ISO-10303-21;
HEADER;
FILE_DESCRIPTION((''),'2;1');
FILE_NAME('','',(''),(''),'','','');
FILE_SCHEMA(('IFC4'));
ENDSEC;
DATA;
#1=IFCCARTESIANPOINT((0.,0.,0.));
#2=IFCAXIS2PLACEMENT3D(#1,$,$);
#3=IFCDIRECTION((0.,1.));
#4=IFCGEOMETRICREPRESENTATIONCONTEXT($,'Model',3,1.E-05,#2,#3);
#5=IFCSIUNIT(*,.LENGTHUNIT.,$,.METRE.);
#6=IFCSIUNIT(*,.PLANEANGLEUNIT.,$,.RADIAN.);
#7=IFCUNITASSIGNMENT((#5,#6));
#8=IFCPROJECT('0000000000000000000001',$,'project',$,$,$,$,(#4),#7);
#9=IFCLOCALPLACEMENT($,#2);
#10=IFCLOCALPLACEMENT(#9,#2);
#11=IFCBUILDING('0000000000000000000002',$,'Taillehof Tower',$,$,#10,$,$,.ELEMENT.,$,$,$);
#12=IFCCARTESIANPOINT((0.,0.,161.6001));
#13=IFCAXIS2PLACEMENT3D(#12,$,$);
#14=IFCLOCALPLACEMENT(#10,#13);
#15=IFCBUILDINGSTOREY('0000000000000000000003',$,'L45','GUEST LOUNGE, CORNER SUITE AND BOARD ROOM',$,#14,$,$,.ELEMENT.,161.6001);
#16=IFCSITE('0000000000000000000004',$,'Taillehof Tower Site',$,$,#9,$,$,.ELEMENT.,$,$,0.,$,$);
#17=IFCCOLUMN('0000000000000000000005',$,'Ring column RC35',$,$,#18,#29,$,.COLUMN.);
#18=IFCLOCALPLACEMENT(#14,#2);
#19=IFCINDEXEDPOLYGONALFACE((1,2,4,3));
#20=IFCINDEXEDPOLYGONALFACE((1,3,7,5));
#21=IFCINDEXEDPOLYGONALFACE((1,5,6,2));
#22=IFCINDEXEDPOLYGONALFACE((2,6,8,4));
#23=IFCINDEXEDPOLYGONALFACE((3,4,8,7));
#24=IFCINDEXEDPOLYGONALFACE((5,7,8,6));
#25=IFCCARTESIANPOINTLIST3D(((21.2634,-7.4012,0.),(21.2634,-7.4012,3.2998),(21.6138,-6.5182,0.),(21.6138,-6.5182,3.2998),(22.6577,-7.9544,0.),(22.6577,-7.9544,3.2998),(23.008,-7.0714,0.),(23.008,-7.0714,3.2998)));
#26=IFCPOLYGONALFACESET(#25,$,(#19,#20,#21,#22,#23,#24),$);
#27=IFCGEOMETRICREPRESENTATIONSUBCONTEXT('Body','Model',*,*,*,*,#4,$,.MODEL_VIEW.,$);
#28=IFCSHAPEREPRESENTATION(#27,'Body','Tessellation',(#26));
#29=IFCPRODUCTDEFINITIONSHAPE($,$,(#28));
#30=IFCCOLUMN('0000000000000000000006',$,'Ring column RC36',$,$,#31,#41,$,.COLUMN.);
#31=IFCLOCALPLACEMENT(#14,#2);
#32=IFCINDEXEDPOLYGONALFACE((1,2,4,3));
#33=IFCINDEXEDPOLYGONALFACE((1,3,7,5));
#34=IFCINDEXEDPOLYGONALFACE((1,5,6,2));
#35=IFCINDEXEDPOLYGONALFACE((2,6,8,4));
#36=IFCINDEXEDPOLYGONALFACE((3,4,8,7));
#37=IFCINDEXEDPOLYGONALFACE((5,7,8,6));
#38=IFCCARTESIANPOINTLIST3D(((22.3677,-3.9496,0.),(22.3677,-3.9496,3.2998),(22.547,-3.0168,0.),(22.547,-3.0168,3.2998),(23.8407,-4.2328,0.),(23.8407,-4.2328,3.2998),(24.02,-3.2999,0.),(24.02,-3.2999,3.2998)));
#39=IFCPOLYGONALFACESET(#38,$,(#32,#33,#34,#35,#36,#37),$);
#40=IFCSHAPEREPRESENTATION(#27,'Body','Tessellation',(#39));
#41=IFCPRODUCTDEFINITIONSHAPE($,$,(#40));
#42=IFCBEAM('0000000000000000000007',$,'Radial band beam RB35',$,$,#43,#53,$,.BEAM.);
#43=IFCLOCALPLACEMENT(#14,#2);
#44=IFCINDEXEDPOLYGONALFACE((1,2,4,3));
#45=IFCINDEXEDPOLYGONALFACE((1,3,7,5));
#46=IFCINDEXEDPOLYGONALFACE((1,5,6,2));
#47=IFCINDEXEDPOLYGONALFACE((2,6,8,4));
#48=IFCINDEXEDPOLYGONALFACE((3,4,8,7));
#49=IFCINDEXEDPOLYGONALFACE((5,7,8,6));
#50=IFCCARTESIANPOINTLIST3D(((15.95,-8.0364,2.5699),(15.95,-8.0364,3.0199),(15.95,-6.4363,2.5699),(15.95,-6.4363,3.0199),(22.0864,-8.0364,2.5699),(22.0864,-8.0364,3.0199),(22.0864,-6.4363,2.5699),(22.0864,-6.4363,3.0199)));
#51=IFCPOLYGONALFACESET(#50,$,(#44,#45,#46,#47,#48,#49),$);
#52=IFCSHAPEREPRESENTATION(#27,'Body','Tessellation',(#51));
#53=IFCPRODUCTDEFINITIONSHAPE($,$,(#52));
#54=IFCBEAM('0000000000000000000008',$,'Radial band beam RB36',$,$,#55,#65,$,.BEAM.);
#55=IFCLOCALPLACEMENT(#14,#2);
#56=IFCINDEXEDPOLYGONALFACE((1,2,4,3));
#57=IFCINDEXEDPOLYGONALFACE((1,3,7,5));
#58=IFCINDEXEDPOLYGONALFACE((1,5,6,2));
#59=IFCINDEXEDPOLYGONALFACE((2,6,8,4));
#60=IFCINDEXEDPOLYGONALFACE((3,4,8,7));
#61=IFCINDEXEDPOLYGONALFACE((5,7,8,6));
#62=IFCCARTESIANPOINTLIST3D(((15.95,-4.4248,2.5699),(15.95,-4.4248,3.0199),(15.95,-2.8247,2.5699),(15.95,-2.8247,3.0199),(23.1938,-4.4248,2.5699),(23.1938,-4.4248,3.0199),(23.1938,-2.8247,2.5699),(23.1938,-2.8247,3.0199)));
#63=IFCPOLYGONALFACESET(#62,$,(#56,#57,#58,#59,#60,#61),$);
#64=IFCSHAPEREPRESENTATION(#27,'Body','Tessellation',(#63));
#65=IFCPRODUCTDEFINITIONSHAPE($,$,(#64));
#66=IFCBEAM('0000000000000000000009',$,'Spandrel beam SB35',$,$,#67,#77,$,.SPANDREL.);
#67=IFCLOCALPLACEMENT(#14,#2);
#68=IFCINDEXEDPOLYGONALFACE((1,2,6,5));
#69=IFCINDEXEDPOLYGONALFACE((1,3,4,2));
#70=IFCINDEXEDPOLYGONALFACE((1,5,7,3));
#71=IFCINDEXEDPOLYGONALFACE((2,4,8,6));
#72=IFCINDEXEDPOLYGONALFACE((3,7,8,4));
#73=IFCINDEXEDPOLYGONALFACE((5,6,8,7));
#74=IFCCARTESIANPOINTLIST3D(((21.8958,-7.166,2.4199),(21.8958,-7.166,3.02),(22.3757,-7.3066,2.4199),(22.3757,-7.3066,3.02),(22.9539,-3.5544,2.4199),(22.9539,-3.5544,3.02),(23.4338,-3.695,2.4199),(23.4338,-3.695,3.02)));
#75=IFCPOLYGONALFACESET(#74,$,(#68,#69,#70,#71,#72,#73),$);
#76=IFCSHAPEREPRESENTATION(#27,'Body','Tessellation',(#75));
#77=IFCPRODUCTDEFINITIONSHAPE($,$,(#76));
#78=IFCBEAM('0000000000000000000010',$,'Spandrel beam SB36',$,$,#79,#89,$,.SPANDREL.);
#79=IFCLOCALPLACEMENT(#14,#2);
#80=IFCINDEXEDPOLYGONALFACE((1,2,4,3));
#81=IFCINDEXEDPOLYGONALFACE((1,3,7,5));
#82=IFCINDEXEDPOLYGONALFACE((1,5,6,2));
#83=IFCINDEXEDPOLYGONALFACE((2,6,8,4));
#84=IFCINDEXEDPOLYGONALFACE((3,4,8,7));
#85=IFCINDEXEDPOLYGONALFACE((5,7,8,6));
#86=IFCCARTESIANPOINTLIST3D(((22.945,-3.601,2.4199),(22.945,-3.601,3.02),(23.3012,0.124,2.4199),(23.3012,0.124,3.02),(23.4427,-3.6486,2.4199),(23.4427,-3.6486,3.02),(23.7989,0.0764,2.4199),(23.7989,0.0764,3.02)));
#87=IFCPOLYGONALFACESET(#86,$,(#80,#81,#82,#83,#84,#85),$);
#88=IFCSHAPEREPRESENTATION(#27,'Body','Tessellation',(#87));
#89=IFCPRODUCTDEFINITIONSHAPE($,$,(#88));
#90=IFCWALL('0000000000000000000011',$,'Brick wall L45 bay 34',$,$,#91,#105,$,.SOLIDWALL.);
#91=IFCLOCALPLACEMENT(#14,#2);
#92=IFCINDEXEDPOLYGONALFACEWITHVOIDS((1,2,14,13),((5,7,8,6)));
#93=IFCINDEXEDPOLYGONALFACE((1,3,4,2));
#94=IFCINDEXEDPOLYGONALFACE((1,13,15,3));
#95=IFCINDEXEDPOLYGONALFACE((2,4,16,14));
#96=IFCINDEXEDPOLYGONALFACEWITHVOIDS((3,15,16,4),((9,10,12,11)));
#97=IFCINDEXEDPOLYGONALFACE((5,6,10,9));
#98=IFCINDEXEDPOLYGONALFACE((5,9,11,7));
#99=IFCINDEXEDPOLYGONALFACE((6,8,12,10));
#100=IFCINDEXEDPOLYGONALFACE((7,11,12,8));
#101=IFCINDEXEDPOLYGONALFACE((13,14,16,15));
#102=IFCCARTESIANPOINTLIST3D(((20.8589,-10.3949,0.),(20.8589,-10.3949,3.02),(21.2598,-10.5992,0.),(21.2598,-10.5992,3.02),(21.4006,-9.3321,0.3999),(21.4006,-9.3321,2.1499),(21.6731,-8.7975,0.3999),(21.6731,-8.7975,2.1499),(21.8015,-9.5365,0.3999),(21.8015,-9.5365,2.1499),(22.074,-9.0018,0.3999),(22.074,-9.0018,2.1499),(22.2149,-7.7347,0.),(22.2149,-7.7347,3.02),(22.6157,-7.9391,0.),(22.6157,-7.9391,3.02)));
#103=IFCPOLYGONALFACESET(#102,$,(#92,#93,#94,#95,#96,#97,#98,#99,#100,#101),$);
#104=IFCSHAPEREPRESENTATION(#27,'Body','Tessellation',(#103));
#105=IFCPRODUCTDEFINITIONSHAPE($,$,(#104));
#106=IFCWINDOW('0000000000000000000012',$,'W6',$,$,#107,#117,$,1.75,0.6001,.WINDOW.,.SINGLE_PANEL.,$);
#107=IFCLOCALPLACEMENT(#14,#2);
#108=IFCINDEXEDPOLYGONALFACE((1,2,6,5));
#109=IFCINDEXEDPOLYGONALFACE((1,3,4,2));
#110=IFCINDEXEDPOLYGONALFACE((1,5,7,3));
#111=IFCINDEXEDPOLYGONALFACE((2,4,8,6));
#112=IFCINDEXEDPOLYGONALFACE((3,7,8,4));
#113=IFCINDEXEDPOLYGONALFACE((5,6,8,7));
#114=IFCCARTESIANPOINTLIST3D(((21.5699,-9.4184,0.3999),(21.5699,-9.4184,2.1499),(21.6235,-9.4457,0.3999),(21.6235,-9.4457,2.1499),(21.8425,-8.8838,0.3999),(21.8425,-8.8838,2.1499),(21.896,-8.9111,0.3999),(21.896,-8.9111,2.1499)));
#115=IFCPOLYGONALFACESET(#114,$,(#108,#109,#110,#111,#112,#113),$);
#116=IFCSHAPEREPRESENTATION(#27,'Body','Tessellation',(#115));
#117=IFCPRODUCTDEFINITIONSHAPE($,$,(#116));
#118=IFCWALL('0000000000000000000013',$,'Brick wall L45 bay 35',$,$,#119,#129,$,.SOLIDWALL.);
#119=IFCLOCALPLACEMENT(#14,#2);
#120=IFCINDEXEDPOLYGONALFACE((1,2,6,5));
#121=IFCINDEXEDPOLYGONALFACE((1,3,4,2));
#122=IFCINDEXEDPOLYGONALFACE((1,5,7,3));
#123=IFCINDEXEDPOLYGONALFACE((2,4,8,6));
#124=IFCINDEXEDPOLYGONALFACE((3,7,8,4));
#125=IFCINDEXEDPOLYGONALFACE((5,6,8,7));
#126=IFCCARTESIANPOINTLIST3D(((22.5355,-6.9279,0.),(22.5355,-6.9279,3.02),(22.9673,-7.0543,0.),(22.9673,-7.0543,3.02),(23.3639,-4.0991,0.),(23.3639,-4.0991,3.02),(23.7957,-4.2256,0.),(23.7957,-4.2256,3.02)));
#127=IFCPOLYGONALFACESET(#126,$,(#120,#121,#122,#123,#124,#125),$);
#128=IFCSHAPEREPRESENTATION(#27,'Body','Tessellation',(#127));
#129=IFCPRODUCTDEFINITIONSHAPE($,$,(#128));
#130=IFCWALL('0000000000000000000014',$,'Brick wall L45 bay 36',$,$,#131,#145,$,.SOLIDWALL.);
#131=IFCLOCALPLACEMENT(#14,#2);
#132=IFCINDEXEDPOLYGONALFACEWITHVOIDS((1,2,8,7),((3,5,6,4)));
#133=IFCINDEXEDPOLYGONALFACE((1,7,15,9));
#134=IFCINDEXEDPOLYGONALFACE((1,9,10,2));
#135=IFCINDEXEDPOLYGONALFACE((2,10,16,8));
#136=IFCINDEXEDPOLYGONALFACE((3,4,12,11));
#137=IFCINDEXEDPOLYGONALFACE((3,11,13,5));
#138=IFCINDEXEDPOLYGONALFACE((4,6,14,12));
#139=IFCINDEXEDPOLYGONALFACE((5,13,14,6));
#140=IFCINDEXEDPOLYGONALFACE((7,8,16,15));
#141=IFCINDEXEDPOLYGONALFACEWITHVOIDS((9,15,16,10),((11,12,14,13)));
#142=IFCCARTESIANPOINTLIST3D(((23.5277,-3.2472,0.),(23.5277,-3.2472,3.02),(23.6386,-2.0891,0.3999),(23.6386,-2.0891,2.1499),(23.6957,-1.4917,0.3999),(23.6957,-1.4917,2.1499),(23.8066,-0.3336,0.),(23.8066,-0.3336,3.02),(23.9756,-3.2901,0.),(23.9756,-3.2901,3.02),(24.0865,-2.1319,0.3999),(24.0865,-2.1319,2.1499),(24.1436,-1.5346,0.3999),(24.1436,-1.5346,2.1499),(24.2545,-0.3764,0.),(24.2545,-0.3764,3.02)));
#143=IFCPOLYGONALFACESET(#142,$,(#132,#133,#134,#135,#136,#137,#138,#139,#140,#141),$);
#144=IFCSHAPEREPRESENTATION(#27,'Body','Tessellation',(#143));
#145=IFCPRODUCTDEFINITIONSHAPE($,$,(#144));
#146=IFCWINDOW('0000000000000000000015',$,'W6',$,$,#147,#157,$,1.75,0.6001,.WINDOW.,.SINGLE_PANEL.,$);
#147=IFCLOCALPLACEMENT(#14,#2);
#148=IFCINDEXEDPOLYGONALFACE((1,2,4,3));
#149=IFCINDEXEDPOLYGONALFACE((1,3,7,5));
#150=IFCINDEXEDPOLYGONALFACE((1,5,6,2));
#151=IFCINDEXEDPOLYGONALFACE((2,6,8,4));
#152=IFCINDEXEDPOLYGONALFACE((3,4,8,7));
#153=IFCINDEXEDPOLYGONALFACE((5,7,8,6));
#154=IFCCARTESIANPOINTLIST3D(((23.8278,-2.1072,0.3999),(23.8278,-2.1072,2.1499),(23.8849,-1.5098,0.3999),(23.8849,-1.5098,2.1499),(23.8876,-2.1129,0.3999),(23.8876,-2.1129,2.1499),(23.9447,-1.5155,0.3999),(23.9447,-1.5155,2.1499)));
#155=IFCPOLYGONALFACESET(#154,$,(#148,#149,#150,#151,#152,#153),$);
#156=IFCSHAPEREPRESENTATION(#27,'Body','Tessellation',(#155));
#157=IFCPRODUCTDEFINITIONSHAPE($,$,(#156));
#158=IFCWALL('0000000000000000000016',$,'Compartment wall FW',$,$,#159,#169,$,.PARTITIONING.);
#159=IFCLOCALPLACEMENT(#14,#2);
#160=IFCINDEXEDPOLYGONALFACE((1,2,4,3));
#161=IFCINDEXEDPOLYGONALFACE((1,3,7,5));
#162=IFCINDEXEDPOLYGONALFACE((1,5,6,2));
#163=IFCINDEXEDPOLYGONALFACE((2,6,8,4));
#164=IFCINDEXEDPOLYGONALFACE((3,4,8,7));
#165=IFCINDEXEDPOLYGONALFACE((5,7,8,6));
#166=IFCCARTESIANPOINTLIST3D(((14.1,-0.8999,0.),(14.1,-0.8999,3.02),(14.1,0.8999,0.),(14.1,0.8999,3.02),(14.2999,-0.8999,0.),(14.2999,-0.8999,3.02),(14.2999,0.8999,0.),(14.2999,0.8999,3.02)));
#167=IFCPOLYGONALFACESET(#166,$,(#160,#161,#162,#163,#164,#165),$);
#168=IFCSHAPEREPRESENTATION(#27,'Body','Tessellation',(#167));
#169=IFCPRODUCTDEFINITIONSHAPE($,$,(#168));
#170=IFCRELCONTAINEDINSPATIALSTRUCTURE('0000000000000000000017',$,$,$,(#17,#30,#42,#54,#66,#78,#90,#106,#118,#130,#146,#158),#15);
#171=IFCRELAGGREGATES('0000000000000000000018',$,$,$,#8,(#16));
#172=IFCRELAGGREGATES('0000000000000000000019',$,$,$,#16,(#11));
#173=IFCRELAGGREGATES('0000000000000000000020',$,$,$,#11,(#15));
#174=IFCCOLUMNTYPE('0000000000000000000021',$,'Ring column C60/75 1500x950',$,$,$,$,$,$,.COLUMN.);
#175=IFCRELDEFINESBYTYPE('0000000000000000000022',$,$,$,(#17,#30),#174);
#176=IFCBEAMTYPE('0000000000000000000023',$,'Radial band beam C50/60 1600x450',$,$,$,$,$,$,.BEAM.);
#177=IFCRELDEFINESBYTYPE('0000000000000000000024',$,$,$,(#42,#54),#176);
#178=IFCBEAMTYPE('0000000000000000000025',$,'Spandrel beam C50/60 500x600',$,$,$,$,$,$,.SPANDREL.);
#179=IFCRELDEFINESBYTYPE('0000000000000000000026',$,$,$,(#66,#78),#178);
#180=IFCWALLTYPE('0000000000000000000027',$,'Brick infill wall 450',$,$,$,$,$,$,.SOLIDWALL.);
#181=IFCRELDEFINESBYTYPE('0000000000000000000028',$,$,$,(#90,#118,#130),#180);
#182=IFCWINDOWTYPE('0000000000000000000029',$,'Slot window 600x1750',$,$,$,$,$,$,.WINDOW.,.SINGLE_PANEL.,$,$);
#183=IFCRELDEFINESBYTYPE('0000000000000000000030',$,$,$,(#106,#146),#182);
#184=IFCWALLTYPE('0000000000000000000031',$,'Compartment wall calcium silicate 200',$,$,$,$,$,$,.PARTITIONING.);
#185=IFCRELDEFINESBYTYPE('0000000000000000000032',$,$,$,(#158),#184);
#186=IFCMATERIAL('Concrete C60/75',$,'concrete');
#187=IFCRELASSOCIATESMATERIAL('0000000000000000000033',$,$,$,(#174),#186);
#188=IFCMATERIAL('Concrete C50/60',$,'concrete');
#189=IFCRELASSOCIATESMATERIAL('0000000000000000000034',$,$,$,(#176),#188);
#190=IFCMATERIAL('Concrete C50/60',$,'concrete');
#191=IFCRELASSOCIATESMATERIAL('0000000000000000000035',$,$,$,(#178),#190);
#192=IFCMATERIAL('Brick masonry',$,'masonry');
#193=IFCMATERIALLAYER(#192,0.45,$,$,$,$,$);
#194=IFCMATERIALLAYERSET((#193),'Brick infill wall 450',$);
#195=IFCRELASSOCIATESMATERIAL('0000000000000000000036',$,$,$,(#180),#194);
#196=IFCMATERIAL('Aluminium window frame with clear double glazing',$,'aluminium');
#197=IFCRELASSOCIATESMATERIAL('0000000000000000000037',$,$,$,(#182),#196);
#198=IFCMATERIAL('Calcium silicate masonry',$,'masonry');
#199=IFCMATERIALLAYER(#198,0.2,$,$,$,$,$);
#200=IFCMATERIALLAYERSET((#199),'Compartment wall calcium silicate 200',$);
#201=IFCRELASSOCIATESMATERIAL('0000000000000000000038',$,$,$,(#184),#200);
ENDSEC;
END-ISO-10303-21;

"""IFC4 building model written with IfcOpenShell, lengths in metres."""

from ifc_helpers import new_model, si_unit, direction, frame, frame_2d, origin, origin_2d, place, context, subcontext, project, spatial, rectangle, extrude, material, layer, layer_set, material_profile, profile_set, type_object, element, fill, save


model = new_model("IFC4")

# Units and contexts
model_context = context("Model", 3, precision=1e-05, world=origin(), true_north=direction((0.0, 1.0)))
body_context = subcontext(model_context, "Body", "Model", "MODEL_VIEW")
ifc_project = project(units=[si_unit("LENGTHUNIT", "METRE"), si_unit("PLANEANGLEUNIT", "RADIAN")], contexts=[model_context])

# Site, building, storey
site_placement = place(None, origin())
site = spatial("IfcSite", under=ifc_project, at=site_placement, Name="Taillehof Tower Site", CompositionType="ELEMENT", RefElevation=0.0)
building_placement = place(site_placement, origin())
building = spatial("IfcBuilding", under=site, at=building_placement, Name="Taillehof Tower", CompositionType="ELEMENT")
storey_placement = place(building_placement, frame((0.0, 0.0, 161.6001)))
storey = spatial("IfcBuildingStorey", under=building, at=storey_placement, Name="L45", Description="GUEST LOUNGE, CORNER SUITE AND BOARD ROOM", CompositionType="ELEMENT", Elevation=161.6001)

# Columns
ifc_material_1 = material(Name="Concrete C60/75", Category="concrete")
ifc_material_profile_1 = material_profile(ifc_material_1, rectangle(XDim=1.5, YDim=0.95, at=origin_2d()), Name="RC 1500x950")
ifc_profile_set_1 = profile_set([ifc_material_profile_1], Name="Concrete C60/75")
column_type = type_object("IfcColumnType", Name="Ring column C60/75 1500x950", PredefinedType="COLUMN", material=ifc_profile_set_1)
for number, where, z_axis, x_axis, name in (
    (1, (22.1357, -7.2363, 0.0), (0.0, 0.0, 1.0), (0.929511, -0.368793, 0.0), "Ring column RC35"),
    (2, (23.1938, -3.6248, 0.0), (0.0, 0.0, 1.0), (0.982024, -0.188757, 0.0), "Ring column RC36"),
):
    element("IfcColumn", number, at=place(storey_placement, frame(where, z_axis=z_axis, x_axis=x_axis)), inside=storey, type_object=column_type, Name=name, PredefinedType="COLUMN", context=body_context, shape_type="SweptSolid", body=[
        extrude(rectangle(XDim=1.5, YDim=0.95, at=origin_2d()), origin(), (0.0, 0.0, 1.0), 3.2998),
    ])

# Beams
ifc_material_2 = material(Name="Concrete C50/60", Category="concrete")
ifc_material_profile_2 = material_profile(ifc_material_2, rectangle(XDim=1.6001, YDim=0.45, at=origin_2d()), Name="RC 1600x450")
ifc_profile_set_2 = profile_set([ifc_material_profile_2], Name="Concrete C50/60")
beam_type_1 = type_object("IfcBeamType", Name="Radial band beam C50/60 1600x450", PredefinedType="BEAM", material=ifc_profile_set_2)
beam_1_placement = place(storey_placement, frame((22.0864, -7.2363, 2.7949), z_axis=(-1.0, 0.0, 0.0), x_axis=(0.0, -1.0, 0.0)))
element("IfcBeam", 3, at=beam_1_placement, inside=storey, type_object=beam_type_1, Name="Radial band beam RB35", PredefinedType="BEAM", context=body_context, shape_type="SweptSolid", body=[
    extrude(rectangle(XDim=1.6001, YDim=0.45, at=origin_2d()), origin(), (0.0, 0.0, 1.0), 6.1365),
])
beam_2_placement = place(storey_placement, frame((23.1938, -3.6248, 2.7949), z_axis=(-1.0, 0.0, 0.0), x_axis=(0.0, -1.0, 0.0)))
element("IfcBeam", 4, at=beam_2_placement, inside=storey, type_object=beam_type_1, Name="Radial band beam RB36", PredefinedType="BEAM", context=body_context, shape_type="SweptSolid", body=[
    extrude(rectangle(XDim=1.6001, YDim=0.45, at=origin_2d()), origin(), (0.0, 0.0, 1.0), 7.2439),
])
ifc_material_3 = material(Name="Concrete C50/60", Category="concrete")
ifc_material_profile_3 = material_profile(ifc_material_3, rectangle(XDim=0.5, YDim=0.6001, at=origin_2d()), Name="RC 500x600")
ifc_profile_set_3 = profile_set([ifc_material_profile_3], Name="Concrete C50/60")
beam_type_2 = type_object("IfcBeamType", Name="Spandrel beam C50/60 500x600", PredefinedType="SPANDREL", material=ifc_profile_set_3)
beam_3_placement = place(storey_placement, frame((22.1357, -7.2363, 2.72), z_axis=(0.281158, 0.959661, 0.0), x_axis=(-0.959661, 0.281158, 0.0)))
element("IfcBeam", 5, at=beam_3_placement, inside=storey, type_object=beam_type_2, Name="Spandrel beam SB35", PredefinedType="SPANDREL", context=body_context, shape_type="SweptSolid", body=[
    extrude(rectangle(XDim=0.5, YDim=0.6001, at=origin_2d()), origin(), (0.0, 0.0, 1.0), 3.7634),
])
beam_4_placement = place(storey_placement, frame((23.1938, -3.6248, 2.72), z_axis=(0.095194, 0.995459, 0.0), x_axis=(-0.995459, 0.095194, 0.0)))
element("IfcBeam", 6, at=beam_4_placement, inside=storey, type_object=beam_type_2, Name="Spandrel beam SB36", PredefinedType="SPANDREL", context=body_context, shape_type="SweptSolid", body=[
    extrude(rectangle(XDim=0.5, YDim=0.6001, at=origin_2d()), origin(), (0.0, 0.0, 1.0), 3.7419),
])

# Wall, opening, window
ifc_material_4 = material(Name="Brick masonry", Category="masonry")
ifc_layer_1 = layer(ifc_material_4, 0.45)
ifc_layer_set_1 = layer_set([ifc_layer_1], Name="Brick infill wall 450")
wall_type_1 = type_object("IfcWallType", Name="Brick infill wall 450", PredefinedType="SOLIDWALL", material=ifc_layer_set_1)
wall_1_placement = place(storey_placement, frame((21.0593, -10.4971, 0.0), z_axis=(0.0, 0.0, 1.0), x_axis=(0.454134, 0.890933, 0.0)))
wall_1 = element("IfcWall", 7, at=wall_1_placement, inside=storey, type_object=wall_type_1, Name="Brick wall L45 bay 34", PredefinedType="SOLIDWALL", context=body_context, shape_type="SweptSolid", body=[
    extrude(rectangle(XDim=2.9858, YDim=0.45, at=frame_2d((1.4929, 0.0))), origin(), (0.0, 0.0, 1.0), 3.02),
])
opening_1_placement = place(wall_1_placement, frame((1.1929, 0.0, 0.3999)))
opening_1 = element("IfcOpeningElement", 8, at=opening_1_placement, cuts=wall_1, PredefinedType="OPENING", context=body_context, shape_type="SweptSolid", body=[
    extrude(rectangle(XDim=0.6001, YDim=1.75, at=frame_2d((0.3, 0.875))), frame((0.0, 0.2349, 0.0), z_axis=(0.0, -1.0, 0.0), x_axis=(1.0, 0.0, 0.0)), (0.0, 0.0, 1.0), 0.47),
])
ifc_material_5 = material(Name="Aluminium window frame with clear double glazing", Category="aluminium")
window_type = type_object("IfcWindowType", Name="Slot window 600x1750", PartitioningType="SINGLE_PANEL", PredefinedType="WINDOW", material=ifc_material_5)
window_1_placement = place(opening_1_placement, origin())
window_1 = element("IfcWindow", 9, at=window_1_placement, inside=storey, type_object=window_type, Name="W6", OverallHeight=1.75, OverallWidth=0.6001, PartitioningType="SINGLE_PANEL", PredefinedType="WINDOW", context=body_context, shape_type="SweptSolid", body=[
    extrude(rectangle(XDim=0.6001, YDim=1.75, at=frame_2d((0.3, 0.875))), frame((0.0, 0.0349, 0.0), z_axis=(0.0, -1.0, 0.0), x_axis=(1.0, 0.0, 0.0)), (0.0, 0.0, 1.0), 0.0601),
])
fill(opening_1, window_1)

# Wall
wall_2_placement = place(storey_placement, frame((22.7515, -6.991, 0.0), z_axis=(0.0, 0.0, 1.0), x_axis=(0.281049, 0.959693, 0.0)))
element("IfcWall", 10, at=wall_2_placement, inside=storey, type_object=wall_type_1, Name="Brick wall L45 bay 35", PredefinedType="SOLIDWALL", context=body_context, shape_type="SweptSolid", body=[
    extrude(rectangle(XDim=2.9475, YDim=0.45, at=frame_2d((1.4736, 0.0))), origin(), (0.0, 0.0, 1.0), 3.02),
])

# Wall, opening, window
wall_3_placement = place(storey_placement, frame((23.7517, -3.2686, 0.0), z_axis=(0.0, 0.0, 1.0), x_axis=(0.095258, 0.995453, 0.0)))
wall_3 = element("IfcWall", 11, at=wall_3_placement, inside=storey, type_object=wall_type_1, Name="Brick wall L45 bay 36", PredefinedType="SOLIDWALL", context=body_context, shape_type="SweptSolid", body=[
    extrude(rectangle(XDim=2.927, YDim=0.45, at=frame_2d((1.4634, 0.0))), origin(), (0.0, 0.0, 1.0), 3.02),
])
opening_2_placement = place(wall_3_placement, frame((1.1633, 0.0, 0.3999)))
opening_2 = element("IfcOpeningElement", 12, at=opening_2_placement, cuts=wall_3, PredefinedType="OPENING", context=body_context, shape_type="SweptSolid", body=[
    extrude(rectangle(XDim=0.6001, YDim=1.75, at=frame_2d((0.3, 0.875))), frame((0.0, 0.2349, 0.0), z_axis=(0.0, -1.0, 0.0), x_axis=(1.0, 0.0, 0.0)), (0.0, 0.0, 1.0), 0.47),
])
window_2_placement = place(opening_2_placement, origin())
window_2 = element("IfcWindow", 13, at=window_2_placement, inside=storey, type_object=window_type, Name="W6", OverallHeight=1.75, OverallWidth=0.6001, PartitioningType="SINGLE_PANEL", PredefinedType="WINDOW", context=body_context, shape_type="SweptSolid", body=[
    extrude(rectangle(XDim=0.6001, YDim=1.75, at=frame_2d((0.3, 0.875))), frame((0.0, 0.0349, 0.0), z_axis=(0.0, -1.0, 0.0), x_axis=(1.0, 0.0, 0.0)), (0.0, 0.0, 1.0), 0.0601),
])
fill(opening_2, window_2)

# Wall
ifc_material_6 = material(Name="Calcium silicate masonry", Category="masonry")
ifc_layer_2 = layer(ifc_material_6, 0.2)
ifc_layer_set_2 = layer_set([ifc_layer_2], Name="Compartment wall calcium silicate 200")
wall_type_2 = type_object("IfcWallType", Name="Compartment wall calcium silicate 200", PredefinedType="PARTITIONING", material=ifc_layer_set_2)
wall_4_placement = place(storey_placement, frame((14.2, -0.8999, 0.0), z_axis=(0.0, 0.0, 1.0), x_axis=(0.0, 1.0, 0.0)))
element("IfcWall", 14, at=wall_4_placement, inside=storey, type_object=wall_type_2, Name="Compartment wall FW", PredefinedType="PARTITIONING", context=body_context, shape_type="SweptSolid", body=[
    extrude(rectangle(XDim=1.7998, YDim=0.2, at=frame_2d((0.8999, 0.0))), origin(), (0.0, 0.0, 1.0), 3.02),
])

save(model, "model.ifc")
